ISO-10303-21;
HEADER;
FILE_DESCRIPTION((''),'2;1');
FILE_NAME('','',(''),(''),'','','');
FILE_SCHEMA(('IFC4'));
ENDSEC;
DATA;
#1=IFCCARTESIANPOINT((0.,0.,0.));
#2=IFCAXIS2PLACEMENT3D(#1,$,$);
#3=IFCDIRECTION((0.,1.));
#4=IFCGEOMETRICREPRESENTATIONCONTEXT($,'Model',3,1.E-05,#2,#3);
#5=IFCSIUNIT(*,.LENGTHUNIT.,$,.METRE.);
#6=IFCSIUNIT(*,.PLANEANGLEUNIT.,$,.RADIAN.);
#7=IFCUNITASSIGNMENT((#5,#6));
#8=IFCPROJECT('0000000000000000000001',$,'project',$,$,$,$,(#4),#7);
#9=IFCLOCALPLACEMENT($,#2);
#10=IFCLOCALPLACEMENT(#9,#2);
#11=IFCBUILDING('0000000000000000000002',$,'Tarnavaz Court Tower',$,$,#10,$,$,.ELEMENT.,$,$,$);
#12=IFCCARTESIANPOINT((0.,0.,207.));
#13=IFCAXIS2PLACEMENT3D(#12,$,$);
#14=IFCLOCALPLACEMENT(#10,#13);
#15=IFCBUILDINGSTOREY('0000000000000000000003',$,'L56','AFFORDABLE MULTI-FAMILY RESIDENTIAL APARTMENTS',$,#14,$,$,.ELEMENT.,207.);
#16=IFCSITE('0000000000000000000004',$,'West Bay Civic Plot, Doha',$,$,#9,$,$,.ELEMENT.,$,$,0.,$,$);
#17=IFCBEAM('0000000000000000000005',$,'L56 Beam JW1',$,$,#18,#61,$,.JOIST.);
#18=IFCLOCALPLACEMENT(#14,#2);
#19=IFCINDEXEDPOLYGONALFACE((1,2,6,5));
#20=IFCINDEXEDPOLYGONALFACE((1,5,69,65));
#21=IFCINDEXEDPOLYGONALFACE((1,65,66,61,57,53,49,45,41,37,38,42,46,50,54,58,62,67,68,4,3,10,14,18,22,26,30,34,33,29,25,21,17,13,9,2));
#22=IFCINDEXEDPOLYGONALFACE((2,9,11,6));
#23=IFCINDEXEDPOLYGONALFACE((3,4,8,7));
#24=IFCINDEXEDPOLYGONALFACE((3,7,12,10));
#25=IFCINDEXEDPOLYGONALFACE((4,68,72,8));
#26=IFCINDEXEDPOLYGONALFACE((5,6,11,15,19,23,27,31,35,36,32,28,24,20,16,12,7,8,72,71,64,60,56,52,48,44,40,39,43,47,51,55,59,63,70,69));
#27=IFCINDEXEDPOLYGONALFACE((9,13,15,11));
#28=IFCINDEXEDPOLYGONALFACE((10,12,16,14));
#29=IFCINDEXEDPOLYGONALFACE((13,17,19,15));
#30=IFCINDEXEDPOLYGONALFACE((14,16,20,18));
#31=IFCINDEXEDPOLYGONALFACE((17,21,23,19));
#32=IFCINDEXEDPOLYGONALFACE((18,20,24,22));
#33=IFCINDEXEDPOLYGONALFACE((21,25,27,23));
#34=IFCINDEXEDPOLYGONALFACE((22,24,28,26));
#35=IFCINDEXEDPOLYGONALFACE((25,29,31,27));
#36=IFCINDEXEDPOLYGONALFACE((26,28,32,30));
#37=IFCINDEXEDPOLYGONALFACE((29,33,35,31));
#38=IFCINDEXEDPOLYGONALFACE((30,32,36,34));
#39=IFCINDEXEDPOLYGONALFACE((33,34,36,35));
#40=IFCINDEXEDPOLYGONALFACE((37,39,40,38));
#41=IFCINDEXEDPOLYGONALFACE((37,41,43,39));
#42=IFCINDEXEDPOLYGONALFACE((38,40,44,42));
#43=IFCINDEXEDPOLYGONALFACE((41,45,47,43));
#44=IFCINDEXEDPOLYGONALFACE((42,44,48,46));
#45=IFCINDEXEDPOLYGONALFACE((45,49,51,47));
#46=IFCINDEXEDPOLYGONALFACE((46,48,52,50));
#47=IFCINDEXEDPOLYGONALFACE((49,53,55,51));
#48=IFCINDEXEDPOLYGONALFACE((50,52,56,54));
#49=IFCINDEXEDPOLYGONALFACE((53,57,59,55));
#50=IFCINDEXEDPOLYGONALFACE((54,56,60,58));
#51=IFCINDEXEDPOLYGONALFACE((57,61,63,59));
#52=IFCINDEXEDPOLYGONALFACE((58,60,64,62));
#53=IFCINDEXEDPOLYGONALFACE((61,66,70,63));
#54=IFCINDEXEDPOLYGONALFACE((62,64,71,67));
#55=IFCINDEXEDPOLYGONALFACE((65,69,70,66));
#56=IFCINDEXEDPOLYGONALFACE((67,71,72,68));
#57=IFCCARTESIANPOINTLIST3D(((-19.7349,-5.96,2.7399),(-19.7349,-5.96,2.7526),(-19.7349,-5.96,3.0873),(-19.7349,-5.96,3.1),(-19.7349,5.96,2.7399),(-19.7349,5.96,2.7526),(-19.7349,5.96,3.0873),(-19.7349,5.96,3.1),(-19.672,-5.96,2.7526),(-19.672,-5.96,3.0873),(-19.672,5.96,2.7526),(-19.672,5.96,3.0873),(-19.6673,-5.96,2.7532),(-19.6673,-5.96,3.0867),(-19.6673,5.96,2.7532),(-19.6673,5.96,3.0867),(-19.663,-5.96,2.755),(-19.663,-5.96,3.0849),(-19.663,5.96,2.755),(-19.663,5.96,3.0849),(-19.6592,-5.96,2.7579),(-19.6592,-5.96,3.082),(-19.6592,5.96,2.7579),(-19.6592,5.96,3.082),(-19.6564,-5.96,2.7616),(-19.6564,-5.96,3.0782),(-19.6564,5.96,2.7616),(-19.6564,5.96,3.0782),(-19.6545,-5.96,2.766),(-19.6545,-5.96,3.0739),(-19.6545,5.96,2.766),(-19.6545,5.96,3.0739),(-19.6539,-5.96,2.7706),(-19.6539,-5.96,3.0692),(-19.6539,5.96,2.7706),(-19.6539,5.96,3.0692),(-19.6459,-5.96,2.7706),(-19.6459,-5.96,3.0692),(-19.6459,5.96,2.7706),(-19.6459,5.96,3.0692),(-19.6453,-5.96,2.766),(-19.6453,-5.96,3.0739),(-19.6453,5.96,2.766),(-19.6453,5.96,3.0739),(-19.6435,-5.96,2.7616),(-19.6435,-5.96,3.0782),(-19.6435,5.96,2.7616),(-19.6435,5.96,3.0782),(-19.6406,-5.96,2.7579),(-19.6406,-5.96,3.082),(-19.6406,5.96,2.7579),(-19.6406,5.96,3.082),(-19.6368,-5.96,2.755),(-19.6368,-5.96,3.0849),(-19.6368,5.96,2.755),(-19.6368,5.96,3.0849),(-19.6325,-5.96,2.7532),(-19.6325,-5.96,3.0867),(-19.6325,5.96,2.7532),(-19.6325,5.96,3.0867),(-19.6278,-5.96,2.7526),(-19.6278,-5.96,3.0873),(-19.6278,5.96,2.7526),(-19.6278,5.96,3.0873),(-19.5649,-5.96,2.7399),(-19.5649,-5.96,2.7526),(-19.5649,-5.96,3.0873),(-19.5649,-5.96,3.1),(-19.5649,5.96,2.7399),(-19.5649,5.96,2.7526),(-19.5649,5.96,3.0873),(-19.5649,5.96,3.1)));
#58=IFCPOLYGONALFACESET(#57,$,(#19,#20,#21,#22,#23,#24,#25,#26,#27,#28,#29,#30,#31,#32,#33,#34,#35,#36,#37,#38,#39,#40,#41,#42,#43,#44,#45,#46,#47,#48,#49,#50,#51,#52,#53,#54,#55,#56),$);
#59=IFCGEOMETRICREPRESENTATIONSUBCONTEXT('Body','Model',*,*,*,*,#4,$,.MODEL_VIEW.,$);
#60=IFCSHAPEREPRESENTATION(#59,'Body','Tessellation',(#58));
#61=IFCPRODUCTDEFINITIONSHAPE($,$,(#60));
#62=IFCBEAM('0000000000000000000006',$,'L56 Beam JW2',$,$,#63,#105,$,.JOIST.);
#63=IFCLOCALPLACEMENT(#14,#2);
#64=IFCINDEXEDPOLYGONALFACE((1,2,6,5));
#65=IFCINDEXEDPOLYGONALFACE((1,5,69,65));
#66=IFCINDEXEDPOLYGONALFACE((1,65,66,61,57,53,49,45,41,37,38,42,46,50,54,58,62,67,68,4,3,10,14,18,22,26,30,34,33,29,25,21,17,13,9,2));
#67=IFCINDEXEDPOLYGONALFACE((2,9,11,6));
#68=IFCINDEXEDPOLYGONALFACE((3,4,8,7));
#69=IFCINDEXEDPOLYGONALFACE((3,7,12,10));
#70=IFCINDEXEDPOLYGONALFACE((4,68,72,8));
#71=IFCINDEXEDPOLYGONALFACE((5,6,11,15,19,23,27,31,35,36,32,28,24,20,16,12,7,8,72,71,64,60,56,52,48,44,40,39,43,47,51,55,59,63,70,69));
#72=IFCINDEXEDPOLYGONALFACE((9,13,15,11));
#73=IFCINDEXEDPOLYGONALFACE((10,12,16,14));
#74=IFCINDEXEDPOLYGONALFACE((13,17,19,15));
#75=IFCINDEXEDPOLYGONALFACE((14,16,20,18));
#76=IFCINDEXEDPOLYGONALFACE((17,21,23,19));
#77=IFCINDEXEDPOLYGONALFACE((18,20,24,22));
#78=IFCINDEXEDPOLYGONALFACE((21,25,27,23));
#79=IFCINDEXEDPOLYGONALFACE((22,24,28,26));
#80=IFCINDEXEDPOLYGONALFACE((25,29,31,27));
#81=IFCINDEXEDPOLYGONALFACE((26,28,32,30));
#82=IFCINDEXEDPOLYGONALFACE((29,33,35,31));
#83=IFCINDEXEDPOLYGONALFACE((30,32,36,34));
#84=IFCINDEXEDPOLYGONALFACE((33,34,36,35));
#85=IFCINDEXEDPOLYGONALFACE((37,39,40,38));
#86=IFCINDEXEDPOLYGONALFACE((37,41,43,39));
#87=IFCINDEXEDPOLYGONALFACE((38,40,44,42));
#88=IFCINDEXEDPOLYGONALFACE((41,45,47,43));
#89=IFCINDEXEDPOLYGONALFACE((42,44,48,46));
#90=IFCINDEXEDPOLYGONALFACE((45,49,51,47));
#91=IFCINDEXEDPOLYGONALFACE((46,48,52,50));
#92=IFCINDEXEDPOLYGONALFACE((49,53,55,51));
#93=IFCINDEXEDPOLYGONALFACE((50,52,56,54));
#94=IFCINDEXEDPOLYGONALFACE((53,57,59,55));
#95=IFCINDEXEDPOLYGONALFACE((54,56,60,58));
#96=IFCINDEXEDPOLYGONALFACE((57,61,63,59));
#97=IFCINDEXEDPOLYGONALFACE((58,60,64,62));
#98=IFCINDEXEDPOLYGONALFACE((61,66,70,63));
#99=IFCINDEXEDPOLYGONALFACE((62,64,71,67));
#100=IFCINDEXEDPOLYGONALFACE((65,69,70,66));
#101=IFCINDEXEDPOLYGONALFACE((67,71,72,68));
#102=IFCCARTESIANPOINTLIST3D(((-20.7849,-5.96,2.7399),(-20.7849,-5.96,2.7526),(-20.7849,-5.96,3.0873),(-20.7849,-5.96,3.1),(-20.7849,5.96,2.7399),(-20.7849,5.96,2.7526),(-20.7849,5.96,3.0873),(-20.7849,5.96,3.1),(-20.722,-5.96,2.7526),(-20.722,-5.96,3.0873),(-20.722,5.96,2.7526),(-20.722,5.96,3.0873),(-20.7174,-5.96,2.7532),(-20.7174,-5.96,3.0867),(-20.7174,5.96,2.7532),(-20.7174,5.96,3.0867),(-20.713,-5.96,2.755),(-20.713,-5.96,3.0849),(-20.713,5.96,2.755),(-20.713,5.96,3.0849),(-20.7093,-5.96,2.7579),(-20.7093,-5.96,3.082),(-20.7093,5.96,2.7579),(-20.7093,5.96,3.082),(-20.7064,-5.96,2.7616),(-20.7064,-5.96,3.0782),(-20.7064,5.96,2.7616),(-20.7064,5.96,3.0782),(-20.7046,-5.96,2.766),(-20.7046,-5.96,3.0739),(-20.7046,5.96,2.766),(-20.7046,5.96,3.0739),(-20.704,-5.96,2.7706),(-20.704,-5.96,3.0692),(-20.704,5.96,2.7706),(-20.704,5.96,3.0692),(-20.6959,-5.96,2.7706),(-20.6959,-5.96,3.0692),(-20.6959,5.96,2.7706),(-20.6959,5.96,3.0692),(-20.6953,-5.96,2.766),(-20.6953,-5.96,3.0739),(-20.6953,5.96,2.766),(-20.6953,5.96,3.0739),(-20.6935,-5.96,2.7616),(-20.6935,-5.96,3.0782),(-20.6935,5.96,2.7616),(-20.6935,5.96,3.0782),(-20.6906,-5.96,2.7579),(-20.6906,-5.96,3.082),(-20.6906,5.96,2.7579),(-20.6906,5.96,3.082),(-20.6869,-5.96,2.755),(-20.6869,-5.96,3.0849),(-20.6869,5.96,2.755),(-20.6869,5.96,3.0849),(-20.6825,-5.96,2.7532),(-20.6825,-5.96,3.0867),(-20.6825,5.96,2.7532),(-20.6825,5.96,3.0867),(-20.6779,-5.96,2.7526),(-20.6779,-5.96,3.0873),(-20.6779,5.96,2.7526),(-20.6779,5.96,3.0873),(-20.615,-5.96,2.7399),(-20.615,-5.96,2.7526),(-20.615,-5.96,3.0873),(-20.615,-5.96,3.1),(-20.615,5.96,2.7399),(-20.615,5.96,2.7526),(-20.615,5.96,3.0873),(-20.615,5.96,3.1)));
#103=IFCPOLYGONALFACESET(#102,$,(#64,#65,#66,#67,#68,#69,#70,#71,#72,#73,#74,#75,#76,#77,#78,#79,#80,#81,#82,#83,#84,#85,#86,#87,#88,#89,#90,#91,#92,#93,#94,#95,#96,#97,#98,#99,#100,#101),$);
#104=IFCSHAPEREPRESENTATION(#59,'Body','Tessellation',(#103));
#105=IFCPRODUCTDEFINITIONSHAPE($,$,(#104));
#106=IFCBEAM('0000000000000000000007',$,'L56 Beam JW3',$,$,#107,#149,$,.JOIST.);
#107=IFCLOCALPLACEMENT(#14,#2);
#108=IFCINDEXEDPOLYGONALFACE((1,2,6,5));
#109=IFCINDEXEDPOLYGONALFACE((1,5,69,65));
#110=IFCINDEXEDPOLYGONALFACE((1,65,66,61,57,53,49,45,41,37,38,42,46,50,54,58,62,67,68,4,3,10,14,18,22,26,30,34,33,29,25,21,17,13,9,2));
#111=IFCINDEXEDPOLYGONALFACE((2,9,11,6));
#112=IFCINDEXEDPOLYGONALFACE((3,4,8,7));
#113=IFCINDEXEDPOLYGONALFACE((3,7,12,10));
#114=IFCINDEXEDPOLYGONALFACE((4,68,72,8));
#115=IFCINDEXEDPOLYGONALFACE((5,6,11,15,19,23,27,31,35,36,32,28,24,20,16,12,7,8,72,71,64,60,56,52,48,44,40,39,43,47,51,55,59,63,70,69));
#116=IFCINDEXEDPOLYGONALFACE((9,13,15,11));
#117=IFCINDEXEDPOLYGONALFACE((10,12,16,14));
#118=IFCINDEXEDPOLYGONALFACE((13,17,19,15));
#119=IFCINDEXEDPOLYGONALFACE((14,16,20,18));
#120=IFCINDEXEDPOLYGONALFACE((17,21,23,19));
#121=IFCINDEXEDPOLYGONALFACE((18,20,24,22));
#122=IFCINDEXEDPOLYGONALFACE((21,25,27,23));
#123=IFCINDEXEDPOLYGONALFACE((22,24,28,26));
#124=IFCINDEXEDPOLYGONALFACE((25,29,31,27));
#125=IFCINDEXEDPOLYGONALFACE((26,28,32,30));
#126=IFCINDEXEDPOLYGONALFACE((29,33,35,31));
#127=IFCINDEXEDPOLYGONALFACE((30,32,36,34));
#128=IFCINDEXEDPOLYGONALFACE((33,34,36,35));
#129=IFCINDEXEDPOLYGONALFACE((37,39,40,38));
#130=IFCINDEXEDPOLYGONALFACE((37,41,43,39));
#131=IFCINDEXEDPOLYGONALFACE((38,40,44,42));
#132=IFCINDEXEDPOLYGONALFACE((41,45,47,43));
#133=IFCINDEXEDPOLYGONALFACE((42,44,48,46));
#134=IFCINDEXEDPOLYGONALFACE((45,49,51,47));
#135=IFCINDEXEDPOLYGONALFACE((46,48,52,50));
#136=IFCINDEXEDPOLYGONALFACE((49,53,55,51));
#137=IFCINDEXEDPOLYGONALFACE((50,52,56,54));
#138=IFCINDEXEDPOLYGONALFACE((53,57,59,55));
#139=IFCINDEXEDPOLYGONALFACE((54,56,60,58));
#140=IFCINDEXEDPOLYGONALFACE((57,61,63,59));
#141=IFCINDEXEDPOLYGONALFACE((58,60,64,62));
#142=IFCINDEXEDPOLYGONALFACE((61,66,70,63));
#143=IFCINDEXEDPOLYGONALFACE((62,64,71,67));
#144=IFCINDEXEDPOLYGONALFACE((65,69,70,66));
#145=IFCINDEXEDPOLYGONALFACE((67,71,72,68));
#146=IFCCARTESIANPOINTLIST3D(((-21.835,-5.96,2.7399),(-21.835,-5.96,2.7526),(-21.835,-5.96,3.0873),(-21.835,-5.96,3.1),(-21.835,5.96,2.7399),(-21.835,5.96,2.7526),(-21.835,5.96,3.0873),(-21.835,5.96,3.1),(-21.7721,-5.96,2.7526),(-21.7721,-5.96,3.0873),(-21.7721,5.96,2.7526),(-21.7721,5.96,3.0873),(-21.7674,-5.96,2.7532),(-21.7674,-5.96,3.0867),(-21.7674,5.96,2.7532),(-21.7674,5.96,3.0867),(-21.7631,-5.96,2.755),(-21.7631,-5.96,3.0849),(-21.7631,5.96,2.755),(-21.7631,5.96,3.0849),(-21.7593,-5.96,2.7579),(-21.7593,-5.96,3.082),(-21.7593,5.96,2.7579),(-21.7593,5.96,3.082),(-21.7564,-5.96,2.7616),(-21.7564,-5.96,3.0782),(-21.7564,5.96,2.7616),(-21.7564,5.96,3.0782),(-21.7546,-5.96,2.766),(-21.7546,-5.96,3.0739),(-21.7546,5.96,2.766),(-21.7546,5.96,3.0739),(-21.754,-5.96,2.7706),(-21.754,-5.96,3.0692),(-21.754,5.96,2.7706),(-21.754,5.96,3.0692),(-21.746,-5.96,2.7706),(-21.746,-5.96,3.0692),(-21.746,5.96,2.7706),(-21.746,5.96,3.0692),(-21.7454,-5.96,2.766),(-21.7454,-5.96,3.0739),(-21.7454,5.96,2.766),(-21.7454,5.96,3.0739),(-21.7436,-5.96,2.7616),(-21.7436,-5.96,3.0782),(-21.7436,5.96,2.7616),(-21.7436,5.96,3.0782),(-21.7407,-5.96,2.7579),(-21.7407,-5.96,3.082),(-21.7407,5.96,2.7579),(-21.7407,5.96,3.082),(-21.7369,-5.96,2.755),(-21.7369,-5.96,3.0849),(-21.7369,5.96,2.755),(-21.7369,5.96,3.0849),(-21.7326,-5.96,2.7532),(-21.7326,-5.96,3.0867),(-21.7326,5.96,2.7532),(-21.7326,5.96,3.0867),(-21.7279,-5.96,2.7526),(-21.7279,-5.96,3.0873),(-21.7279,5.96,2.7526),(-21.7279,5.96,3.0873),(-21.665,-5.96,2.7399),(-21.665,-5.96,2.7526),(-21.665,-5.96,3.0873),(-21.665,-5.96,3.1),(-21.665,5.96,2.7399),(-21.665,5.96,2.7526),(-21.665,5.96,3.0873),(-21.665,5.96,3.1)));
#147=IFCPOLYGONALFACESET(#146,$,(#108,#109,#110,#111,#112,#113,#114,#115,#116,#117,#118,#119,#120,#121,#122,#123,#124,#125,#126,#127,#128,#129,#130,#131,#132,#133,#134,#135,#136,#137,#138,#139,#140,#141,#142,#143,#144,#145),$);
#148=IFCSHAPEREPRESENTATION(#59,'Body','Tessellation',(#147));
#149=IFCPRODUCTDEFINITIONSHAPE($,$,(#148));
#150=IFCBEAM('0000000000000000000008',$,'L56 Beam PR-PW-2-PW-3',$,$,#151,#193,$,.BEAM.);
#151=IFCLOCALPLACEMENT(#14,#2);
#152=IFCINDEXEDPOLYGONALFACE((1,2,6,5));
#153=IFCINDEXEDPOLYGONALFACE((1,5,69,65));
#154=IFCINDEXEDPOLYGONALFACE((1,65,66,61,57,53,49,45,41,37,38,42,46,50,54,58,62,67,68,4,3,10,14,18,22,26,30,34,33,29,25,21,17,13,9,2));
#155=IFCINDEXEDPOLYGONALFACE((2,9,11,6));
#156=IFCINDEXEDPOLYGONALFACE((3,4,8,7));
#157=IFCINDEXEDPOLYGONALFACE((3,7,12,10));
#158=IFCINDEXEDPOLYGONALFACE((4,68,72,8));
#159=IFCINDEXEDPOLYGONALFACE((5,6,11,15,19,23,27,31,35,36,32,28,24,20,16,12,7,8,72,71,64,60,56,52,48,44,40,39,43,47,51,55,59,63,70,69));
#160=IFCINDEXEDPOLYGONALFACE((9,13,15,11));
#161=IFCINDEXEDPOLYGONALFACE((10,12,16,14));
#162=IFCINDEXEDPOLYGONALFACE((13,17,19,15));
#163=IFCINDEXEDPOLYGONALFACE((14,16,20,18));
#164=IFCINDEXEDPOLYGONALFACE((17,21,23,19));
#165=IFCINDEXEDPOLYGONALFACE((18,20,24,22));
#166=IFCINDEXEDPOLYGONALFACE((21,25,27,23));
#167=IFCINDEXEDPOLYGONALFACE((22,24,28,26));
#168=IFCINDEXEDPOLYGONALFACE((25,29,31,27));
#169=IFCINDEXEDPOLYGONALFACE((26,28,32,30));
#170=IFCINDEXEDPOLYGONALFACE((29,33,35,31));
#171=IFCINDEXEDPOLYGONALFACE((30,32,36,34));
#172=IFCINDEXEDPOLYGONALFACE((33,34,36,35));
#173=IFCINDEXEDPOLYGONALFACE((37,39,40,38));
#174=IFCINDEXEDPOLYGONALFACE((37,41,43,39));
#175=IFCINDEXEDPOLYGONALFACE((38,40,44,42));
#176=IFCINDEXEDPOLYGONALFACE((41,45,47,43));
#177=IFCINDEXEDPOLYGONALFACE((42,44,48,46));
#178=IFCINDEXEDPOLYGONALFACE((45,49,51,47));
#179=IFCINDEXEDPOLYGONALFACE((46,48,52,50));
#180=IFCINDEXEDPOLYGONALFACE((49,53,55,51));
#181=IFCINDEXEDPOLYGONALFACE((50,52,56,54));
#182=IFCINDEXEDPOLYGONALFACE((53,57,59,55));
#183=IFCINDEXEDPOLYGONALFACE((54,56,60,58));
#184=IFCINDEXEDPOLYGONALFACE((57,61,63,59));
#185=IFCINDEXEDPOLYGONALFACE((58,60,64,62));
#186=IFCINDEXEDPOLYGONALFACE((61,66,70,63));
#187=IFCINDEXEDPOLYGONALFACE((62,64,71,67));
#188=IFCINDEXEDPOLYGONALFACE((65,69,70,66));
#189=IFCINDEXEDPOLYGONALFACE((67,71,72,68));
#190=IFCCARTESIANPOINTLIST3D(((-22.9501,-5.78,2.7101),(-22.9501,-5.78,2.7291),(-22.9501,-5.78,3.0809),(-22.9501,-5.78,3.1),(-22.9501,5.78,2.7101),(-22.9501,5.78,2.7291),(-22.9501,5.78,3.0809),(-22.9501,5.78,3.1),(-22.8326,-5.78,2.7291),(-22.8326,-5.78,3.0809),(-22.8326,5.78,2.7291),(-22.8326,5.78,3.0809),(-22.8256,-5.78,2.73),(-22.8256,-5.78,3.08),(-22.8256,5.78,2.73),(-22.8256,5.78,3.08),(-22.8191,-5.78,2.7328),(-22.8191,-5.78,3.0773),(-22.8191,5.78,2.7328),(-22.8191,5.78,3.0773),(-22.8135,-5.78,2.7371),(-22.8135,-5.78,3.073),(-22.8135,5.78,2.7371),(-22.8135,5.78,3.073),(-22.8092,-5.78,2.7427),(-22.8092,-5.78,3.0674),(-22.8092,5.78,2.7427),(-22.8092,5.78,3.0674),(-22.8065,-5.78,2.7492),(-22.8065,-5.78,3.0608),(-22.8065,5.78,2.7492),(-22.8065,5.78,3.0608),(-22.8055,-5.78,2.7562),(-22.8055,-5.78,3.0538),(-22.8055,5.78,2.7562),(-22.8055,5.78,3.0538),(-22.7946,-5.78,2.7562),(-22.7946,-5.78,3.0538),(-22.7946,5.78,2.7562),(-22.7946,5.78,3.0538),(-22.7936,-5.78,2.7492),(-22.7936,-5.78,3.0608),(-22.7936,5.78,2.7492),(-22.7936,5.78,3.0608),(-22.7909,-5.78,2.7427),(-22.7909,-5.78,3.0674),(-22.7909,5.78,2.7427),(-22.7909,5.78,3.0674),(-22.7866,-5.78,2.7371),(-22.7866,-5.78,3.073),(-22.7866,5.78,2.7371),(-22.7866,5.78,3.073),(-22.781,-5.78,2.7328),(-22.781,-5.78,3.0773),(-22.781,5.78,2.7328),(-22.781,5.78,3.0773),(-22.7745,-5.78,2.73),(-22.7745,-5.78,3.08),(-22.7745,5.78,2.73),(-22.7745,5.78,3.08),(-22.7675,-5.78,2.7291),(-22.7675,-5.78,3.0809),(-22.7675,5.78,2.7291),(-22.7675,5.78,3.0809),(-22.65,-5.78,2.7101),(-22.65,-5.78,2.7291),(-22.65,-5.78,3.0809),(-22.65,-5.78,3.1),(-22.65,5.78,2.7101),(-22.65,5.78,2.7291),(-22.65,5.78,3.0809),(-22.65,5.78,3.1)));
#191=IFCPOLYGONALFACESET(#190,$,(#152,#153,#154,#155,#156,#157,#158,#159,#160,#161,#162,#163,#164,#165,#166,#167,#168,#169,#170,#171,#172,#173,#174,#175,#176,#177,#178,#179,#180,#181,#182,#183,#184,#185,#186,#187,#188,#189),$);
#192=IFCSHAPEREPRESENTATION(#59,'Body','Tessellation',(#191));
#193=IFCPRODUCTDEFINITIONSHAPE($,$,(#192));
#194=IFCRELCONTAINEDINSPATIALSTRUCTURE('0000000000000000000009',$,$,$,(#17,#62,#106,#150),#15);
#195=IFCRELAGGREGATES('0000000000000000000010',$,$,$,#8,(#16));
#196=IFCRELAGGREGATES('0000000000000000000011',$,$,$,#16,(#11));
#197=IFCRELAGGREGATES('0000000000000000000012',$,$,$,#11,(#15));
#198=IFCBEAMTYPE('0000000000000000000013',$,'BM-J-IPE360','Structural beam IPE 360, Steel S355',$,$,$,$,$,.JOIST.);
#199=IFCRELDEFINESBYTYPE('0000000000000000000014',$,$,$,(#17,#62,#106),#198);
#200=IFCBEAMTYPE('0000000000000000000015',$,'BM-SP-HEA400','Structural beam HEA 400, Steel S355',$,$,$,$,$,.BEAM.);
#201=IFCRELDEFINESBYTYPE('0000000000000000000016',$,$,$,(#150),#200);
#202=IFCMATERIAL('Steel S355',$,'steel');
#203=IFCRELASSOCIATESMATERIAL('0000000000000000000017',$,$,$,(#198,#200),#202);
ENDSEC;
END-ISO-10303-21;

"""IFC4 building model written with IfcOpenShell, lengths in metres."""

from ifc_helpers import new_model, si_unit, direction, frame, origin, origin_2d, place, context, subcontext, project, spatial, i_section, extrude, material, material_profile, profile_set, type_object, element, save


model = new_model("IFC4")

# Units and contexts
model_context = context("Model", 3, precision=1e-05, world=origin(), true_north=direction((0.0, 1.0)))
body_context = subcontext(model_context, "Body", "Model", "MODEL_VIEW")
ifc_project = project(units=[si_unit("LENGTHUNIT", "METRE"), si_unit("PLANEANGLEUNIT", "RADIAN")], contexts=[model_context])

# Site, building, storey
site_placement = place(None, origin())
site = spatial("IfcSite", under=ifc_project, at=site_placement, Name="West Bay Civic Plot, Doha", CompositionType="ELEMENT", RefElevation=0.0)
building_placement = place(site_placement, origin())
building = spatial("IfcBuilding", under=site, at=building_placement, Name="Tarnavaz Court Tower", CompositionType="ELEMENT")
storey_placement = place(building_placement, frame((0.0, 0.0, 207.0)))
storey = spatial("IfcBuildingStorey", under=building, at=storey_placement, Name="L56", Description="AFFORDABLE MULTI-FAMILY RESIDENTIAL APARTMENTS", CompositionType="ELEMENT", Elevation=207.0)

# Beams
ifc_material_1 = material(Name="Steel S355", Category="steel")
ifc_material_profile_1 = material_profile(ifc_material_1, i_section(OverallWidth=0.1699, OverallDepth=0.3601, WebThickness=0.0081, FlangeThickness=0.0127, FilletRadius=0.0181, at=origin_2d()), Name="IPE 360")
ifc_profile_set_1 = profile_set([ifc_material_profile_1], Name="Steel S355")
beam_type_1 = type_object("IfcBeamType", Name="BM-J-IPE360", Description="Structural beam IPE 360, Steel S355", PredefinedType="JOIST", material=ifc_profile_set_1)
for number, where, z_axis, x_axis, name in (
    (1, (-19.6499, -5.96, 2.9199), (0.0, 1.0, 0.0), (-1.0, 0.0, 0.0), "L56 Beam JW1"),
    (2, (-20.7, -5.96, 2.9199), (0.0, 1.0, 0.0), (-1.0, 0.0, 0.0), "L56 Beam JW2"),
    (3, (-21.75, -5.96, 2.9199), (0.0, 1.0, 0.0), (-1.0, 0.0, 0.0), "L56 Beam JW3"),
):
    element("IfcBeam", number, at=place(storey_placement, frame(where, z_axis=z_axis, x_axis=x_axis)), inside=storey, type_object=beam_type_1, Name=name, PredefinedType="JOIST", context=body_context, shape_type="SweptSolid", body=[
        extrude(i_section(OverallWidth=0.1699, OverallDepth=0.3601, WebThickness=0.0081, FlangeThickness=0.0127, FilletRadius=0.0181, at=origin_2d()), origin(), (0.0, 0.0, 1.0), 11.9199),
    ])
ifc_material_profile_2 = material_profile(ifc_material_1, i_section(OverallWidth=0.3, OverallDepth=0.3899, WebThickness=0.011, FlangeThickness=0.019, FilletRadius=0.0271, at=origin_2d()), Name="HEA 400")
ifc_profile_set_2 = profile_set([ifc_material_profile_2], Name="Steel S355")
beam_type_2 = type_object("IfcBeamType", Name="BM-SP-HEA400", Description="Structural beam HEA 400, Steel S355", PredefinedType="BEAM", material=ifc_profile_set_2)
beam_1_placement = place(storey_placement, frame((-22.8, -5.78, 2.905), z_axis=(0.0, 1.0, 0.0), x_axis=(-1.0, 0.0, 0.0)))
element("IfcBeam", 4, at=beam_1_placement, inside=storey, type_object=beam_type_2, Name="L56 Beam PR-PW-2-PW-3", PredefinedType="BEAM", context=body_context, shape_type="SweptSolid", body=[
    extrude(i_section(OverallWidth=0.3, OverallDepth=0.3899, WebThickness=0.011, FlangeThickness=0.019, FilletRadius=0.0271, at=origin_2d()), origin(), (0.0, 0.0, 1.0), 11.5601),
])

save(model, "model.ifc")
